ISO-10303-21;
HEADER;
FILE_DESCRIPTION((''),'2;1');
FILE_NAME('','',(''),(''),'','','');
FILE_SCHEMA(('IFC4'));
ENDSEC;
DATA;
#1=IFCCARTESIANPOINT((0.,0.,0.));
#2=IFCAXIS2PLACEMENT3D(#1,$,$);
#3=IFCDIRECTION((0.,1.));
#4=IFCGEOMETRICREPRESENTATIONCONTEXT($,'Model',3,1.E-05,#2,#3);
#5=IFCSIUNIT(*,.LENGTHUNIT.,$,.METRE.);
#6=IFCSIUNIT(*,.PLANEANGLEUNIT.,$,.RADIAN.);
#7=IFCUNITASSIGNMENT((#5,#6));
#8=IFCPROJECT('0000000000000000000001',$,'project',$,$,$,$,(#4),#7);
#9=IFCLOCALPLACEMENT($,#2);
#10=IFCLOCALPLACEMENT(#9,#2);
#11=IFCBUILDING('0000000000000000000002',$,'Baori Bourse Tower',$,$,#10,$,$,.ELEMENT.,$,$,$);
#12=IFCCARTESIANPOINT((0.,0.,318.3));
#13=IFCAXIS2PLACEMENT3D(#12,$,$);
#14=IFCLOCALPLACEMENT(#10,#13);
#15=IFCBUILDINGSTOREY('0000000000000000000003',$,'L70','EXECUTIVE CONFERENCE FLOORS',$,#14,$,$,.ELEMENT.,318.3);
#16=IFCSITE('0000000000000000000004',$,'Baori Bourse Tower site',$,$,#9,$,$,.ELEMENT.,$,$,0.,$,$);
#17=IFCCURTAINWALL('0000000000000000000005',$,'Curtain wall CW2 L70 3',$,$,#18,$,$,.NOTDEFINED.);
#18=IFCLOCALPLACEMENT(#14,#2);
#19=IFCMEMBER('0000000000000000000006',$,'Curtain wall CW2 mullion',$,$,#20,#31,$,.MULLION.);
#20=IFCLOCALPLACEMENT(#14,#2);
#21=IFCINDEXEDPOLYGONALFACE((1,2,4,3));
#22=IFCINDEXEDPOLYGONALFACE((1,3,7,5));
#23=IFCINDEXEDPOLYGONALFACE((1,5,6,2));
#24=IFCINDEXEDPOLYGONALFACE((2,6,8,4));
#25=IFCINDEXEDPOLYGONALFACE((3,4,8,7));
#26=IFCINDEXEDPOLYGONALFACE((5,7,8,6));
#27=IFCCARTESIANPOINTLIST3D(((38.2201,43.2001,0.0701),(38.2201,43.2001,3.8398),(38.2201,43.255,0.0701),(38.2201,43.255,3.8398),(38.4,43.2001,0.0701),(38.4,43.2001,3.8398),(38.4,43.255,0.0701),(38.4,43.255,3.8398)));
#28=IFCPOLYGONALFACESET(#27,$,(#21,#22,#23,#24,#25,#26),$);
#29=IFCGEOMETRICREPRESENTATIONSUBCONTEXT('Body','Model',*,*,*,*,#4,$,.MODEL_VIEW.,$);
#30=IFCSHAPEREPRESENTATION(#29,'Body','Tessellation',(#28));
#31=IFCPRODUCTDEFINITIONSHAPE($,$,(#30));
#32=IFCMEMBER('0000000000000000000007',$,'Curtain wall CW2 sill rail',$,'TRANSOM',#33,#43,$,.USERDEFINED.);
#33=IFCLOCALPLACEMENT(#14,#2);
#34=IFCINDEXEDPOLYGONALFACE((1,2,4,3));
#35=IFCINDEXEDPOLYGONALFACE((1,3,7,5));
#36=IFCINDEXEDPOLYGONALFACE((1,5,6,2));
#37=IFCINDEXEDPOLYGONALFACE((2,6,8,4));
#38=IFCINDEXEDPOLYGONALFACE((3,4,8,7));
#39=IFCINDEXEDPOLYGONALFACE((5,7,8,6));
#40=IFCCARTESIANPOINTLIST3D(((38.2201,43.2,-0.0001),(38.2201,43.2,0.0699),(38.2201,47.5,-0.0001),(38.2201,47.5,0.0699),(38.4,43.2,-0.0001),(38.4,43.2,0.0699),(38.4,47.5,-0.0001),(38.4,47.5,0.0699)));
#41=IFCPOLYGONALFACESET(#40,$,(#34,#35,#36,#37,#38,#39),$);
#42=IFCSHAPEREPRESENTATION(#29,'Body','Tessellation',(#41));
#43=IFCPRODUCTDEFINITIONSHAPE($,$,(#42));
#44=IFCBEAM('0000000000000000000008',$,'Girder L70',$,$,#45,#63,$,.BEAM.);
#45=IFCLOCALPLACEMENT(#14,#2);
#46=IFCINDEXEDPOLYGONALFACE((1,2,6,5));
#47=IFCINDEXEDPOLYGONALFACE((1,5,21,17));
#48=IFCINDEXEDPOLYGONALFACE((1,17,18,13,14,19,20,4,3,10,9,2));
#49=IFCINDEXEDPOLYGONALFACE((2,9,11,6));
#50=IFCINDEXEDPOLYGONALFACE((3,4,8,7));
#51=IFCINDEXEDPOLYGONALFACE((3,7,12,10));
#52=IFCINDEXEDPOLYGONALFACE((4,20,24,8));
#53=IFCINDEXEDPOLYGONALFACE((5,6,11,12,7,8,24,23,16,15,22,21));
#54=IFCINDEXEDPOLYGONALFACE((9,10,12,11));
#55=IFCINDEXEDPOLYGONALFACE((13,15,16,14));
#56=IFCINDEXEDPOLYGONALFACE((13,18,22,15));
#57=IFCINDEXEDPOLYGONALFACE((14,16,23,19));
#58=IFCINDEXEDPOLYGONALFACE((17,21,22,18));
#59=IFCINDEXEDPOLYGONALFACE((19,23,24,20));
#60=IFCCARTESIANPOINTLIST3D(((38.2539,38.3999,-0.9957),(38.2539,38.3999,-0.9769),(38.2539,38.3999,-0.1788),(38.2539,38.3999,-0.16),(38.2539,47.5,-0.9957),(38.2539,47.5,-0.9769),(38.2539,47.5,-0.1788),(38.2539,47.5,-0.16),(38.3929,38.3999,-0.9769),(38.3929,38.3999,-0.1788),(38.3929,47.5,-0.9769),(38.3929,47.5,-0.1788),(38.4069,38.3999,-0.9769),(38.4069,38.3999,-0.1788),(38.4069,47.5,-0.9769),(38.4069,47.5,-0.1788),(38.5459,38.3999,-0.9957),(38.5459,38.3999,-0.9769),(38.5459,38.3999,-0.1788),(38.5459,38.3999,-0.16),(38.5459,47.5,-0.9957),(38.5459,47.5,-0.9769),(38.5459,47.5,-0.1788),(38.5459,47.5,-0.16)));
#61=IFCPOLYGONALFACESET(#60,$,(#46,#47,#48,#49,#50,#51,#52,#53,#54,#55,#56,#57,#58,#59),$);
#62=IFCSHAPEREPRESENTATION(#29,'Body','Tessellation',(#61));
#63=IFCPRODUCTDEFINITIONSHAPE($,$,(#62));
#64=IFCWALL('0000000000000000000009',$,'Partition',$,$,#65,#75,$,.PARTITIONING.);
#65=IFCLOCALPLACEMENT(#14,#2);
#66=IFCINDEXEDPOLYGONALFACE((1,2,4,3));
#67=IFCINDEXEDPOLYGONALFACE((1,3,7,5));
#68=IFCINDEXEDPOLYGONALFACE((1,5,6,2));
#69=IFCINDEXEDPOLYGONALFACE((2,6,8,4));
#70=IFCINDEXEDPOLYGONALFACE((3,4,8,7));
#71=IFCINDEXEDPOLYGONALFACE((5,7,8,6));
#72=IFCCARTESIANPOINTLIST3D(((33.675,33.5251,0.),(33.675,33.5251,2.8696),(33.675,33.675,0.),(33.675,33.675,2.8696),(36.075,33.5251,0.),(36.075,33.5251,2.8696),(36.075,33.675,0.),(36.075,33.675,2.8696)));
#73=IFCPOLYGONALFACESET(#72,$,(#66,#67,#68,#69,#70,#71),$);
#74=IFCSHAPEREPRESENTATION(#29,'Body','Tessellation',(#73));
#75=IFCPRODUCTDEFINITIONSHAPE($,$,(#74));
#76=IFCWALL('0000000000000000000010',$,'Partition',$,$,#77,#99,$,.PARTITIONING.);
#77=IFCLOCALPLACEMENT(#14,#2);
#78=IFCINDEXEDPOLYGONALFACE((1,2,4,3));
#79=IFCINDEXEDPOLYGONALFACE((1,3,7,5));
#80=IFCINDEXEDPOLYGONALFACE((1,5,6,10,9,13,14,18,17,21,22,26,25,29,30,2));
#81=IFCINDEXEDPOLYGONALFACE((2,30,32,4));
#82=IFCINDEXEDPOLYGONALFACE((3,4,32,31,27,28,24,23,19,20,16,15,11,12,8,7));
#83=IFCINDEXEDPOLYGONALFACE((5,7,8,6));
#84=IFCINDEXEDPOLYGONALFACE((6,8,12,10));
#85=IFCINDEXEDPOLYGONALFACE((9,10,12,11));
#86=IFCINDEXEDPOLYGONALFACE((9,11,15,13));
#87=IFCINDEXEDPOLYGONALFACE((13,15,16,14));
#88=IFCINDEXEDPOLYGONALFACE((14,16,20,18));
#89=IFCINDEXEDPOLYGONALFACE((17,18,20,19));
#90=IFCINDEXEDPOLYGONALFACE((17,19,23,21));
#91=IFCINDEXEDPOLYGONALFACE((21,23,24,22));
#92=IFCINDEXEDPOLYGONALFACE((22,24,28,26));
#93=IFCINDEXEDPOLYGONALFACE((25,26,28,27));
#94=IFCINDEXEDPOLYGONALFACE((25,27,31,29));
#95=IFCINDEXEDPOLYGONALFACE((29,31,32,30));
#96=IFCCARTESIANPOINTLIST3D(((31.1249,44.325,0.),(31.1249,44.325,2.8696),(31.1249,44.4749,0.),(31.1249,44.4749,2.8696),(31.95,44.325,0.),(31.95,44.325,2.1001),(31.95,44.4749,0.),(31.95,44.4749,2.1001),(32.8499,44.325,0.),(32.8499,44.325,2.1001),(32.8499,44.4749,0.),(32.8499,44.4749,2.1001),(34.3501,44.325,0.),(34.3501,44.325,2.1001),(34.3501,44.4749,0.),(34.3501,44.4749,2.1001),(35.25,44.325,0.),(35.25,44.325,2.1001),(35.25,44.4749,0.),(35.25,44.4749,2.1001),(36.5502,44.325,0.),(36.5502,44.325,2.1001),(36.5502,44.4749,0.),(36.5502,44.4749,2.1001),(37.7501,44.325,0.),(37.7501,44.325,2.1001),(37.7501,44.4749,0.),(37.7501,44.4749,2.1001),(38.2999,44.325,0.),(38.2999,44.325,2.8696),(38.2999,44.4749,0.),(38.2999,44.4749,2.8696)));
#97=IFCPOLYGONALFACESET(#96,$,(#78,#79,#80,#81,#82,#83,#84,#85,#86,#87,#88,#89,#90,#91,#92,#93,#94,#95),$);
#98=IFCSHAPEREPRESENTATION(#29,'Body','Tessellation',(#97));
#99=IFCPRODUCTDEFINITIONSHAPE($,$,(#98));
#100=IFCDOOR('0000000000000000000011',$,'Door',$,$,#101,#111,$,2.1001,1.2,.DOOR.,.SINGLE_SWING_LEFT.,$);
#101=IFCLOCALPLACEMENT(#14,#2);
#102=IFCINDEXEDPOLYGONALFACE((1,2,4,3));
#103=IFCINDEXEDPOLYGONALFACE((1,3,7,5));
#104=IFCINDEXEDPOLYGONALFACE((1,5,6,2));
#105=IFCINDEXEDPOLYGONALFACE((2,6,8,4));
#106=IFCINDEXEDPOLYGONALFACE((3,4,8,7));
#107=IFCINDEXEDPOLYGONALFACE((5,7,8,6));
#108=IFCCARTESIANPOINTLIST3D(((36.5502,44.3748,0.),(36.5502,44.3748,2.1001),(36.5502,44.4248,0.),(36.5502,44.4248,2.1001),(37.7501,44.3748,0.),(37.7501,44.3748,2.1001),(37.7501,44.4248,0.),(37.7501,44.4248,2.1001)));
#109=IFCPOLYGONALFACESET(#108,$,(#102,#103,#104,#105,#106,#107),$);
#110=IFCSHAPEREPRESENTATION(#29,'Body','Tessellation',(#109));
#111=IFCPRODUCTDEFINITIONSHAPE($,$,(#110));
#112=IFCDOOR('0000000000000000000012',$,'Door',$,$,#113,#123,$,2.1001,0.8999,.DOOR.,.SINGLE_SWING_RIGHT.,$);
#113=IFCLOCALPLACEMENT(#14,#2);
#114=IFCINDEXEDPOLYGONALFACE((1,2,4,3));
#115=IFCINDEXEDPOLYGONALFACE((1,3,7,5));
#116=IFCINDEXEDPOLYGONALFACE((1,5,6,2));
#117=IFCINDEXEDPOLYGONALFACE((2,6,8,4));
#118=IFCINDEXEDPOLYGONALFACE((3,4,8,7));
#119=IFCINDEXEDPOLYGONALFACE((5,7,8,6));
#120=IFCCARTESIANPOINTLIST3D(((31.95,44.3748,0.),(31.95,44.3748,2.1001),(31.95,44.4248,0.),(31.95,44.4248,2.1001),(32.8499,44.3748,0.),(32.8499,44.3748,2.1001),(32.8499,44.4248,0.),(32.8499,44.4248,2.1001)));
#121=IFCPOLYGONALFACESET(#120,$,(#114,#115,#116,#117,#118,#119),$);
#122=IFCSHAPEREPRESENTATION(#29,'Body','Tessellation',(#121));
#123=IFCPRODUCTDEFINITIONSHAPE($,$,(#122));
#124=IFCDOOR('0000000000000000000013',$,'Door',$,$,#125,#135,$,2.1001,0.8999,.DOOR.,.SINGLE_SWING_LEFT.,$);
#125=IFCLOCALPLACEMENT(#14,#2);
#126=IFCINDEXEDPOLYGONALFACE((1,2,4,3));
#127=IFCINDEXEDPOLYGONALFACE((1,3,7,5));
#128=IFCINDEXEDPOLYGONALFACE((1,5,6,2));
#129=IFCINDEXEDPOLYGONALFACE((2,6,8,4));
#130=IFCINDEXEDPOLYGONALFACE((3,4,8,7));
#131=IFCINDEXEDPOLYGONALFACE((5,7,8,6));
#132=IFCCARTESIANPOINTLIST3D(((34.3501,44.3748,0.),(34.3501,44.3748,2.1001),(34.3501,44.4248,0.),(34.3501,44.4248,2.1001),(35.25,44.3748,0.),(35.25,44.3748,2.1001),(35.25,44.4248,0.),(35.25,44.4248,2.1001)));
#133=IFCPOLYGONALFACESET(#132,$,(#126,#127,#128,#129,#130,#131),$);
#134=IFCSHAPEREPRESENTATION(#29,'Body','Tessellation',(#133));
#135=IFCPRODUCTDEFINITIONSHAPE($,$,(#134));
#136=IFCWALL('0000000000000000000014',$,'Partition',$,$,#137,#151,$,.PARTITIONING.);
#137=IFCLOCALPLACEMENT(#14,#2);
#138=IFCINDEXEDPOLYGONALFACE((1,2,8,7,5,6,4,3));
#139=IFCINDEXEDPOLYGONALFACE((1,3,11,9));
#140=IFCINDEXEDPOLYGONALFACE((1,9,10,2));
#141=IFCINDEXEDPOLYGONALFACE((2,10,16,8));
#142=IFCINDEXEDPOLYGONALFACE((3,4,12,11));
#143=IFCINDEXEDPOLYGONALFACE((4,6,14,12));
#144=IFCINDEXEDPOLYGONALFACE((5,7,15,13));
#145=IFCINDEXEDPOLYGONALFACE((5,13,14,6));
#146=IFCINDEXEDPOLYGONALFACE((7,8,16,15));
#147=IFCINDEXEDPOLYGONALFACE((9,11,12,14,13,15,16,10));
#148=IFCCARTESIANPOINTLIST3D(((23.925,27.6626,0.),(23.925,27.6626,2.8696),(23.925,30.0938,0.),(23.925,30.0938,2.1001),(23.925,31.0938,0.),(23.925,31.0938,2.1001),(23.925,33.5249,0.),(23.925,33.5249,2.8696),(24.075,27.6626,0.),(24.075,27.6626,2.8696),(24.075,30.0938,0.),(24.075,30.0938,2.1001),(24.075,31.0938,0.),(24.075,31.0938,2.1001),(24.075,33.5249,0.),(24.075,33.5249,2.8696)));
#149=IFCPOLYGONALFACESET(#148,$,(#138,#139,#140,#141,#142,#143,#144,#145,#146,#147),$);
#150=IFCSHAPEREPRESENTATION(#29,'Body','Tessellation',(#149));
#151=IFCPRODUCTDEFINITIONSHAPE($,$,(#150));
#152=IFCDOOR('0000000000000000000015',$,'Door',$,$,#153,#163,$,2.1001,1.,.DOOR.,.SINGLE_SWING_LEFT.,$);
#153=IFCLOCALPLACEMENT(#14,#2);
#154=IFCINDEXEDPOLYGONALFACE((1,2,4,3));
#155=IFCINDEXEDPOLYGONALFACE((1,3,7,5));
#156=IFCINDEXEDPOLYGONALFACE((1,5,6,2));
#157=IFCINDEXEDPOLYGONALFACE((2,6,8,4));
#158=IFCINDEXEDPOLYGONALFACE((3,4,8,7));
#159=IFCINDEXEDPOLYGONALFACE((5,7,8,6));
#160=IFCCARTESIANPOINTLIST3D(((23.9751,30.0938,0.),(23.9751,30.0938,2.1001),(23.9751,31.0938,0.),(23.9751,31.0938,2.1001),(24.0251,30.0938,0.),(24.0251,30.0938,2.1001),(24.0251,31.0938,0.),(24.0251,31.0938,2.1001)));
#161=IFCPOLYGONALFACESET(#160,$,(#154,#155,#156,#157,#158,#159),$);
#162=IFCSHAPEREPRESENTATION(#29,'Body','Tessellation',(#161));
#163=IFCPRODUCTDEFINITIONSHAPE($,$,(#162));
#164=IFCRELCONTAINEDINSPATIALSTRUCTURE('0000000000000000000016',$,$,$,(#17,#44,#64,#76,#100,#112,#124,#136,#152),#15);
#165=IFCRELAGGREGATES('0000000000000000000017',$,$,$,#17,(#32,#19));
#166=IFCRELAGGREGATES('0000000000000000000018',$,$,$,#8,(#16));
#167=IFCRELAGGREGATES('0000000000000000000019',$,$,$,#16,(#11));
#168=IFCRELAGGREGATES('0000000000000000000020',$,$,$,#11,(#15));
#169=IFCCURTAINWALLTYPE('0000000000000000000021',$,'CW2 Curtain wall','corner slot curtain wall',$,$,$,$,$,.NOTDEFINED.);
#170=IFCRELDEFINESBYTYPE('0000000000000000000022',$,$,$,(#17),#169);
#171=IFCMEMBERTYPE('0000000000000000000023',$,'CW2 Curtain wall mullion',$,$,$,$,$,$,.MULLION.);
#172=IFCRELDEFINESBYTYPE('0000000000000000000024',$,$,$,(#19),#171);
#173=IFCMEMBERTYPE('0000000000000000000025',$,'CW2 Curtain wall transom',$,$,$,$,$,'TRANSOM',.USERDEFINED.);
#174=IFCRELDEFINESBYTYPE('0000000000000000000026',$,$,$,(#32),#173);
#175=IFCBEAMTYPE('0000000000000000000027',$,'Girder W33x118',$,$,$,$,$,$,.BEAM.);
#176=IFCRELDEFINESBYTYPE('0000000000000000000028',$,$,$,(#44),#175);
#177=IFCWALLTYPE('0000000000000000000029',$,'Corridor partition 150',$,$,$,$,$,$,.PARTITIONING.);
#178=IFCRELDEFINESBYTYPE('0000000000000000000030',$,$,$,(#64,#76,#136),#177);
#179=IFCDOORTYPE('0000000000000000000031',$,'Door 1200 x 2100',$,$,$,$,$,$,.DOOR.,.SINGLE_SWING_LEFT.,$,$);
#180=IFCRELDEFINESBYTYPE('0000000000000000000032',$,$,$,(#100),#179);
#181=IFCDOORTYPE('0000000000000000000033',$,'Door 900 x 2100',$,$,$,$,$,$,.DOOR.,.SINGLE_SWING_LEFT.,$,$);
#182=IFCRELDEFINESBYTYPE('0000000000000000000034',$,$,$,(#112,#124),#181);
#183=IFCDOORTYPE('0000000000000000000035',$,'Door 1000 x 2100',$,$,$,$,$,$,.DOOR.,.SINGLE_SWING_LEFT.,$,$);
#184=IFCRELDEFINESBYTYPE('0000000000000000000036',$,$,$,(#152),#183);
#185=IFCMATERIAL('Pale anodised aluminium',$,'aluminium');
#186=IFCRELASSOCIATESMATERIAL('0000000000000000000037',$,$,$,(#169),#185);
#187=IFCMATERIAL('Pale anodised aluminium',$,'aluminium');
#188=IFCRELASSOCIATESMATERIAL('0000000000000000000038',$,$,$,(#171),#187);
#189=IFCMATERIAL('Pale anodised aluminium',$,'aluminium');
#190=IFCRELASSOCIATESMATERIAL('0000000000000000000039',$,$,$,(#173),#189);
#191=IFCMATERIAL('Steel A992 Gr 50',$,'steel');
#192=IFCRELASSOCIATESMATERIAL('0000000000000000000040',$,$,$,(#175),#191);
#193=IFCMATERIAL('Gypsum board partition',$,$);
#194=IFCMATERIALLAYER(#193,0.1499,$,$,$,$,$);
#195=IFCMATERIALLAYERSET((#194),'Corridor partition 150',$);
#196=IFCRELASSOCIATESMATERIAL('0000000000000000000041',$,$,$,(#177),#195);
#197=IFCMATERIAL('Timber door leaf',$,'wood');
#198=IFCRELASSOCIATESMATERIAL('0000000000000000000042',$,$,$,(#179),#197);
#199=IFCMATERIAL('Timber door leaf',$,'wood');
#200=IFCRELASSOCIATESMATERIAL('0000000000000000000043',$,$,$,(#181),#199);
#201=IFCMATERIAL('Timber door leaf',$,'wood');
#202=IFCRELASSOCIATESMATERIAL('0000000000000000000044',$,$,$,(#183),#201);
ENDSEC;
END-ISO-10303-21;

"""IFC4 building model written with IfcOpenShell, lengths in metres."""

from ifc_helpers import new_model, si_unit, direction, frame, frame_2d, origin, origin_2d, place, context, subcontext, project, spatial, rectangle, i_section, extrude, material, layer, layer_set, material_profile, profile_set, type_object, element, fill, aggregate, save


model = new_model("IFC4")

# Units and contexts
model_context = context("Model", 3, precision=1e-05, world=origin(), true_north=direction((0.0, 1.0)))
body_context = subcontext(model_context, "Body", "Model", "MODEL_VIEW")
ifc_project = project(units=[si_unit("LENGTHUNIT", "METRE"), si_unit("PLANEANGLEUNIT", "RADIAN")], contexts=[model_context])

# Site, building, storey
site_placement = place(None, origin())
site = spatial("IfcSite", under=ifc_project, at=site_placement, Name="Baori Bourse Tower site", CompositionType="ELEMENT", RefElevation=0.0)
building_placement = place(site_placement, origin())
building = spatial("IfcBuilding", under=site, at=building_placement, Name="Baori Bourse Tower", CompositionType="ELEMENT")
storey_placement = place(building_placement, frame((0.0, 0.0, 318.3)))
storey = spatial("IfcBuildingStorey", under=building, at=storey_placement, Name="L70", Description="EXECUTIVE CONFERENCE FLOORS", CompositionType="ELEMENT", Elevation=318.3)

# Curtain wall, members
ifc_material_1 = material(Name="Pale anodised aluminium", Category="aluminium")
curtain_wall_type = type_object("IfcCurtainWallType", Name="CW2 Curtain wall", Description="corner slot curtain wall", PredefinedType="NOTDEFINED", material=ifc_material_1)
curtain_wall_placement = place(storey_placement, origin())
curtain_wall = element("IfcCurtainWall", 1, at=curtain_wall_placement, inside=storey, type_object=curtain_wall_type, Name="Curtain wall CW2 L70 3", PredefinedType="NOTDEFINED")
ifc_material_2 = material(Name="Pale anodised aluminium", Category="aluminium")
ifc_material_profile_1 = material_profile(ifc_material_2, rectangle(XDim=0.1799, YDim=0.0549, at=origin_2d()), Name="Mullion 55x180")
ifc_profile_set_1 = profile_set([ifc_material_profile_1], Name="Pale anodised aluminium")
member_type_1 = type_object("IfcMemberType", Name="CW2 Curtain wall mullion", PredefinedType="MULLION", material=ifc_profile_set_1)
member_1_placement = place(storey_placement, frame((38.3101, 43.2275, 0.0701), z_axis=(0.0, 0.0, 1.0), x_axis=(-1.0, 0.0, 0.0)))
member_1 = element("IfcMember", 2, at=member_1_placement, type_object=member_type_1, Name="Curtain wall CW2 mullion", PredefinedType="MULLION", context=body_context, shape_type="SweptSolid", body=[
    extrude(rectangle(XDim=0.1799, YDim=0.0549, at=origin_2d()), origin(), (0.0, 0.0, 1.0), 3.7698),
])
ifc_material_3 = material(Name="Pale anodised aluminium", Category="aluminium")
ifc_material_profile_2 = material_profile(ifc_material_3, rectangle(XDim=0.1799, YDim=0.0701, at=origin_2d()), Name="Transom 70x180")
ifc_profile_set_2 = profile_set([ifc_material_profile_2], Name="Pale anodised aluminium")
member_type_2 = type_object("IfcMemberType", Name="CW2 Curtain wall transom", ElementType="TRANSOM", PredefinedType="USERDEFINED", material=ifc_profile_set_2)
member_2_placement = place(storey_placement, frame((38.3101, 43.2, 0.0349), z_axis=(0.0, 1.0, 0.0), x_axis=(-1.0, 0.0, 0.0)))
member_2 = element("IfcMember", 3, at=member_2_placement, type_object=member_type_2, Name="Curtain wall CW2 sill rail", ObjectType="TRANSOM", PredefinedType="USERDEFINED", context=body_context, shape_type="SweptSolid", body=[
    extrude(rectangle(XDim=0.1799, YDim=0.0701, at=origin_2d()), origin(), (0.0, 0.0, 1.0), 4.3),
])
aggregate(curtain_wall, [member_2, member_1])

# Beam
ifc_material_4 = material(Name="Steel A992 Gr 50", Category="steel")
ifc_material_profile_3 = material_profile(ifc_material_4, i_section(OverallWidth=0.292, OverallDepth=0.8357, WebThickness=0.0139, FlangeThickness=0.0188, at=origin_2d()), Name="W33x118")
ifc_profile_set_3 = profile_set([ifc_material_profile_3], Name="Steel A992 Gr 50")
beam_type = type_object("IfcBeamType", Name="Girder W33x118", PredefinedType="BEAM", material=ifc_profile_set_3)
beam_placement = place(storey_placement, frame((38.3999, 38.3999, -0.5779), z_axis=(0.0, 1.0, 0.0), x_axis=(-1.0, 0.0, 0.0)))
element("IfcBeam", 4, at=beam_placement, inside=storey, type_object=beam_type, Name="Girder L70", PredefinedType="BEAM", context=body_context, shape_type="SweptSolid", body=[
    extrude(i_section(OverallWidth=0.292, OverallDepth=0.8357, WebThickness=0.0139, FlangeThickness=0.0188, at=origin_2d()), origin(), (0.0, 0.0, 1.0), 9.1001),
])

# Wall
ifc_material_5 = material(Name="Gypsum board partition")
ifc_layer_1 = layer(ifc_material_5, 0.1499)
ifc_layer_set_1 = layer_set([ifc_layer_1], Name="Corridor partition 150")
wall_type_1 = type_object("IfcWallType", Name="Corridor partition 150", PredefinedType="PARTITIONING", material=ifc_layer_set_1)
wall_1_placement = place(storey_placement, frame((33.675, 33.6001, 0.0), z_axis=(0.0, 0.0, 1.0), x_axis=(1.0, 0.0, 0.0)))
element("IfcWall", 5, at=wall_1_placement, inside=storey, type_object=wall_type_1, Name="Partition", PredefinedType="PARTITIONING", context=body_context, shape_type="SweptSolid", body=[
    extrude(rectangle(XDim=2.3999, YDim=0.1499, at=frame_2d((1.2, 0.0))), origin(), (0.0, 0.0, 1.0), 2.8696),
])

# Wall, openings, doors
wall_2_placement = place(storey_placement, frame((31.125, 44.3999, 0.0), z_axis=(0.0, 0.0, 1.0), x_axis=(1.0, 0.0, 0.0)))
wall_2 = element("IfcWall", 6, at=wall_2_placement, inside=storey, type_object=wall_type_1, Name="Partition", PredefinedType="PARTITIONING", context=body_context, shape_type="SweptSolid", body=[
    extrude(rectangle(XDim=7.175, YDim=0.1499, at=frame_2d((3.5874, 0.0))), origin(), (0.0, 0.0, 1.0), 2.8696),
])
opening_1_placement = place(wall_2_placement, frame((0.825, 0.0, 0.0)))
opening_1 = element("IfcOpeningElement", 7, at=opening_1_placement, cuts=wall_2, PredefinedType="OPENING", context=body_context, shape_type="SweptSolid", body=[
    extrude(rectangle(XDim=0.8999, YDim=2.1001, at=frame_2d((0.45, 1.05))), frame((0.0, 0.085, 0.0), z_axis=(0.0, -1.0, 0.0), x_axis=(1.0, 0.0, 0.0)), (0.0, 0.0, 1.0), 0.1699),
])
opening_2_placement = place(wall_2_placement, frame((3.2251, 0.0, 0.0)))
opening_2 = element("IfcOpeningElement", 8, at=opening_2_placement, cuts=wall_2, PredefinedType="OPENING", context=body_context, shape_type="SweptSolid", body=[
    extrude(rectangle(XDim=0.8999, YDim=2.1001, at=frame_2d((0.45, 1.05))), frame((0.0, 0.085, 0.0), z_axis=(0.0, -1.0, 0.0), x_axis=(1.0, 0.0, 0.0)), (0.0, 0.0, 1.0), 0.1699),
])
opening_3_placement = place(wall_2_placement, frame((5.425, 0.0, 0.0)))
opening_3 = element("IfcOpeningElement", 9, at=opening_3_placement, cuts=wall_2, PredefinedType="OPENING", context=body_context, shape_type="SweptSolid", body=[
    extrude(rectangle(XDim=1.2, YDim=2.1001, at=frame_2d((0.6001, 1.05))), frame((0.0, 0.085, 0.0), z_axis=(0.0, -1.0, 0.0), x_axis=(1.0, 0.0, 0.0)), (0.0, 0.0, 1.0), 0.1699),
])
ifc_material_6 = material(Name="Timber door leaf", Category="wood")
door_type_1 = type_object("IfcDoorType", Name="Door 1200 x 2100", OperationType="SINGLE_SWING_LEFT", PredefinedType="DOOR", material=ifc_material_6)
door_1_placement = place(opening_3_placement, origin())
door_1 = element("IfcDoor", 10, at=door_1_placement, inside=storey, type_object=door_type_1, Name="Door", OperationType="SINGLE_SWING_LEFT", OverallHeight=2.1001, OverallWidth=1.2, PredefinedType="DOOR", context=body_context, shape_type="SweptSolid", body=[
    extrude(rectangle(XDim=1.2, YDim=2.1001, at=frame_2d((0.6001, 1.05))), frame((0.0, 0.0249, 0.0), z_axis=(0.0, -1.0, 0.0), x_axis=(1.0, 0.0, 0.0)), (0.0, 0.0, 1.0), 0.05),
])
fill(opening_3, door_1)
ifc_material_7 = material(Name="Timber door leaf", Category="wood")
door_type_2 = type_object("IfcDoorType", Name="Door 900 x 2100", OperationType="SINGLE_SWING_LEFT", PredefinedType="DOOR", material=ifc_material_7)
door_2_placement = place(opening_1_placement, origin())
door_2 = element("IfcDoor", 11, at=door_2_placement, inside=storey, type_object=door_type_2, Name="Door", OperationType="SINGLE_SWING_RIGHT", OverallHeight=2.1001, OverallWidth=0.8999, PredefinedType="DOOR", context=body_context, shape_type="SweptSolid", body=[
    extrude(rectangle(XDim=0.8999, YDim=2.1001, at=frame_2d((0.45, 1.05))), frame((0.0, 0.0249, 0.0), z_axis=(0.0, -1.0, 0.0), x_axis=(1.0, 0.0, 0.0)), (0.0, 0.0, 1.0), 0.05),
])
fill(opening_1, door_2)
door_3_placement = place(opening_2_placement, origin())
door_3 = element("IfcDoor", 12, at=door_3_placement, inside=storey, type_object=door_type_2, Name="Door", OperationType="SINGLE_SWING_LEFT", OverallHeight=2.1001, OverallWidth=0.8999, PredefinedType="DOOR", context=body_context, shape_type="SweptSolid", body=[
    extrude(rectangle(XDim=0.8999, YDim=2.1001, at=frame_2d((0.45, 1.05))), frame((0.0, 0.0249, 0.0), z_axis=(0.0, -1.0, 0.0), x_axis=(1.0, 0.0, 0.0)), (0.0, 0.0, 1.0), 0.05),
])
fill(opening_2, door_3)

# Wall, opening, door
wall_3_placement = place(storey_placement, frame((24.0, 27.6626, 0.0), z_axis=(0.0, 0.0, 1.0), x_axis=(0.0, 1.0, 0.0)))
wall_3 = element("IfcWall", 13, at=wall_3_placement, inside=storey, type_object=wall_type_1, Name="Partition", PredefinedType="PARTITIONING", context=body_context, shape_type="SweptSolid", body=[
    extrude(rectangle(XDim=5.8623, YDim=0.1499, at=frame_2d((2.9312, 0.0))), origin(), (0.0, 0.0, 1.0), 2.8696),
])
opening_4_placement = place(wall_3_placement, frame((2.4312, 0.0, 0.0)))
opening_4 = element("IfcOpeningElement", 14, at=opening_4_placement, cuts=wall_3, PredefinedType="OPENING", context=body_context, shape_type="SweptSolid", body=[
    extrude(rectangle(XDim=1.0, YDim=2.1001, at=frame_2d((0.5, 1.05))), frame((0.0, 0.085, 0.0), z_axis=(0.0, -1.0, 0.0), x_axis=(1.0, 0.0, 0.0)), (0.0, 0.0, 1.0), 0.1699),
])
ifc_material_8 = material(Name="Timber door leaf", Category="wood")
door_type_3 = type_object("IfcDoorType", Name="Door 1000 x 2100", OperationType="SINGLE_SWING_LEFT", PredefinedType="DOOR", material=ifc_material_8)
door_4_placement = place(opening_4_placement, origin())
door_4 = element("IfcDoor", 15, at=door_4_placement, inside=storey, type_object=door_type_3, Name="Door", OperationType="SINGLE_SWING_LEFT", OverallHeight=2.1001, OverallWidth=1.0, PredefinedType="DOOR", context=body_context, shape_type="SweptSolid", body=[
    extrude(rectangle(XDim=1.0, YDim=2.1001, at=frame_2d((0.5, 1.05))), frame((0.0, 0.0249, 0.0), z_axis=(0.0, -1.0, 0.0), x_axis=(1.0, 0.0, 0.0)), (0.0, 0.0, 1.0), 0.05),
])
fill(opening_4, door_4)

save(model, "model.ifc")
